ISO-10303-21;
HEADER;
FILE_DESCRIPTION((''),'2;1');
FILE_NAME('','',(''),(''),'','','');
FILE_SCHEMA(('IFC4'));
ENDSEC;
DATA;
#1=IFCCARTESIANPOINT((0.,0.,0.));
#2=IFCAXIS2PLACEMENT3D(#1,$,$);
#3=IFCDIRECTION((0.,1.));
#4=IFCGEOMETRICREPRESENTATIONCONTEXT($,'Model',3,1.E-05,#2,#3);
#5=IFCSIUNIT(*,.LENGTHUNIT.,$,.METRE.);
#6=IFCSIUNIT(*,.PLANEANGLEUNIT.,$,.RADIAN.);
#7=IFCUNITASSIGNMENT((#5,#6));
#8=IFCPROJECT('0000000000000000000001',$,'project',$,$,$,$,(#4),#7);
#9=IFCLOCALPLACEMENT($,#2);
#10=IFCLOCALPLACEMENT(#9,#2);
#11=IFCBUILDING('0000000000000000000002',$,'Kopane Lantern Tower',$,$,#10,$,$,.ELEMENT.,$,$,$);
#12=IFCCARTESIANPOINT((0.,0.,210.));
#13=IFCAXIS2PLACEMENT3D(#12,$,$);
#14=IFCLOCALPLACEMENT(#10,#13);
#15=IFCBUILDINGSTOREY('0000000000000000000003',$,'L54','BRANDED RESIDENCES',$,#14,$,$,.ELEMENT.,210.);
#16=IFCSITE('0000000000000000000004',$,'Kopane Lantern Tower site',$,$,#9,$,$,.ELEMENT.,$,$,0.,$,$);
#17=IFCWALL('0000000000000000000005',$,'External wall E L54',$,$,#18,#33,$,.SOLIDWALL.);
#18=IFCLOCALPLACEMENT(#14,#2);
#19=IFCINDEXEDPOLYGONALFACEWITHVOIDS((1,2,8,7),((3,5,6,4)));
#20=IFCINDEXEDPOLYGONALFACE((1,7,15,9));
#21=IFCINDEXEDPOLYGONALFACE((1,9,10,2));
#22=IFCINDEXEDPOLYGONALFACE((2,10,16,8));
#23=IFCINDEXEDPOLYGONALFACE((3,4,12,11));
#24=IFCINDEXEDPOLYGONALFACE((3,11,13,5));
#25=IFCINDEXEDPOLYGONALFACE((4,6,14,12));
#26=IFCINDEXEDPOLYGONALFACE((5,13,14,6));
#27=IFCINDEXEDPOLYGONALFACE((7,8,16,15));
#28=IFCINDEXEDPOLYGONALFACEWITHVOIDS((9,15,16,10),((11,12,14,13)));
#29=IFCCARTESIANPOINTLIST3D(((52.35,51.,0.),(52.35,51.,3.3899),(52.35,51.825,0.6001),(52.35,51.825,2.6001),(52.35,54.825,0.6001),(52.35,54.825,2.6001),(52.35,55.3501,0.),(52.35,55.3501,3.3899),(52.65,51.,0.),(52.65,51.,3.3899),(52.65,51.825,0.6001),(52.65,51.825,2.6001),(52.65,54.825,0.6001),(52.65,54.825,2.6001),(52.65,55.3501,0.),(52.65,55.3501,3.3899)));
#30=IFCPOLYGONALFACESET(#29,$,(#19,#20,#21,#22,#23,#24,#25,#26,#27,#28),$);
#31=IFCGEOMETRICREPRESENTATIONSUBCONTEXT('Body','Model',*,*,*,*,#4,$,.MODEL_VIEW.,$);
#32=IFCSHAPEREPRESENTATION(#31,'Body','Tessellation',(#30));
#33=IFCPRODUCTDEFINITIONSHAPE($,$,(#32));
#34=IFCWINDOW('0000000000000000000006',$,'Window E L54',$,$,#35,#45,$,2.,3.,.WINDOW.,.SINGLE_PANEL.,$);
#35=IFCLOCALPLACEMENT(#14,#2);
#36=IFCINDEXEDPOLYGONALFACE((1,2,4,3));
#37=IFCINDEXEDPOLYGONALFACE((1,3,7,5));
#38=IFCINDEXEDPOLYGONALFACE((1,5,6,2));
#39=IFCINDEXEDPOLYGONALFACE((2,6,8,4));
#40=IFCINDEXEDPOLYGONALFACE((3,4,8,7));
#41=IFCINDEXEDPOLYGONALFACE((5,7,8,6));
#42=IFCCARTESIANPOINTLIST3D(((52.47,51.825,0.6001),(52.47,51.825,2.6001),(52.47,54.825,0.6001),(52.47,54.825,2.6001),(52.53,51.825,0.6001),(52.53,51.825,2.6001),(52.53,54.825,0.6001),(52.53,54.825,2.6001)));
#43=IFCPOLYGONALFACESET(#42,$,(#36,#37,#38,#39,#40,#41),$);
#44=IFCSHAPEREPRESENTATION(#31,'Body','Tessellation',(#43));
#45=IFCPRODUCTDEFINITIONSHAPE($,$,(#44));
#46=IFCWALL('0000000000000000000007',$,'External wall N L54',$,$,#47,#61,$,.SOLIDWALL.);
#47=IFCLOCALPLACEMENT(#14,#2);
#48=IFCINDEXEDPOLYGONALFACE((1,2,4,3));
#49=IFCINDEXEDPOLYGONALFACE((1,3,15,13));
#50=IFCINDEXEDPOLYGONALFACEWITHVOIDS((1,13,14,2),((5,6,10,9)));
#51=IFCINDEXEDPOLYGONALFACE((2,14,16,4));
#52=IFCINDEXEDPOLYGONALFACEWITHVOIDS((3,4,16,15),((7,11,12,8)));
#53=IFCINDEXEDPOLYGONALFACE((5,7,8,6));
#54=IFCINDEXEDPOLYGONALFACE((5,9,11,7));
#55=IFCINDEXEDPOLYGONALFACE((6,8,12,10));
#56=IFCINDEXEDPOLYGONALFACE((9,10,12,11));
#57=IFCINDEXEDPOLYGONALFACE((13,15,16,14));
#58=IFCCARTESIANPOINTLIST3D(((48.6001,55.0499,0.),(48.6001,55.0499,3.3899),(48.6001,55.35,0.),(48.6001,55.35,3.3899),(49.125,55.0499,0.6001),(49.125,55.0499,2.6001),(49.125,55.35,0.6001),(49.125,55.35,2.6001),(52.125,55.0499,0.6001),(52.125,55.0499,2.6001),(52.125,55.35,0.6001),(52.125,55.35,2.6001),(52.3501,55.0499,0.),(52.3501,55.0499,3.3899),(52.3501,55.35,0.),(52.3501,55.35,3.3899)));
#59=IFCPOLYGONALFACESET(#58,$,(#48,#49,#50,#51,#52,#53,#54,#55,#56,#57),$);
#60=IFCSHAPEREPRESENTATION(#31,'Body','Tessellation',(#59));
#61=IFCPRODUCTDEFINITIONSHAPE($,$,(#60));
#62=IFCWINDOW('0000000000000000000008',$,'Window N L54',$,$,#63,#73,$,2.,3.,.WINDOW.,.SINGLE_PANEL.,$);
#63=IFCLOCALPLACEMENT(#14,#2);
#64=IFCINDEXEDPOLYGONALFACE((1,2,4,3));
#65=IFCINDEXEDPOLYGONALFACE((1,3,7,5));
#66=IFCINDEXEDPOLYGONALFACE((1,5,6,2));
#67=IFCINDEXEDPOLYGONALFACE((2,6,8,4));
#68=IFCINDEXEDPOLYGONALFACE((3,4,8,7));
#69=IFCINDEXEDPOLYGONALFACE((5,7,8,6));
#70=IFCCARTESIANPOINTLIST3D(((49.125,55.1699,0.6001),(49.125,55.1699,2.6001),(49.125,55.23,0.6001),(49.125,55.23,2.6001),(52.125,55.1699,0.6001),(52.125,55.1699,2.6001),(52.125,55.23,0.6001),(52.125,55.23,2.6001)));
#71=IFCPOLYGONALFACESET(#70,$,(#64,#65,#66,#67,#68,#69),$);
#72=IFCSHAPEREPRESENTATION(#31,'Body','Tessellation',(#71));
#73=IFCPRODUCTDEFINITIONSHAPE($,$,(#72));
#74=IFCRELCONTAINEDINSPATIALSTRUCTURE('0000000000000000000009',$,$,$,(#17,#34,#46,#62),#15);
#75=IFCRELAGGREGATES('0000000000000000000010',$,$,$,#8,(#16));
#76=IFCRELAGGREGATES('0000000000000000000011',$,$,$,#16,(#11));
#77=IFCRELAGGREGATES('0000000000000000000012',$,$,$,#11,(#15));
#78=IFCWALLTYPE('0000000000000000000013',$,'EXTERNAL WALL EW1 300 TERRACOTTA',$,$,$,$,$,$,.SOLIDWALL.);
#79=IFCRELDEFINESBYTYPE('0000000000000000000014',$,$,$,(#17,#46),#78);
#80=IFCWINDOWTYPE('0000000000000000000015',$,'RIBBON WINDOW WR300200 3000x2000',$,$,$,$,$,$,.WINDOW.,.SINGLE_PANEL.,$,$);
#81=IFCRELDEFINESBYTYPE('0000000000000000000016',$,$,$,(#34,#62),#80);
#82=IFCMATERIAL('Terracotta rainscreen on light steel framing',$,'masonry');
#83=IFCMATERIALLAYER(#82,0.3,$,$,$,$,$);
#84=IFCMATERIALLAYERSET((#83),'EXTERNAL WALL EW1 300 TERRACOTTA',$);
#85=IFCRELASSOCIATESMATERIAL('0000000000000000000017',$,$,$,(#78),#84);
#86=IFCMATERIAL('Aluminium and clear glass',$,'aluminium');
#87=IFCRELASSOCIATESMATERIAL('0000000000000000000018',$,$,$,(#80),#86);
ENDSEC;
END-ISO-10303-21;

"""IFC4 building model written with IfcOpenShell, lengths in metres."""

from ifc_helpers import new_model, si_unit, direction, frame, frame_2d, origin, place, context, subcontext, project, spatial, rectangle, extrude, material, layer, layer_set, type_object, element, fill, save


model = new_model("IFC4")

# Units and contexts
model_context = context("Model", 3, precision=1e-05, world=origin(), true_north=direction((0.0, 1.0)))
body_context = subcontext(model_context, "Body", "Model", "MODEL_VIEW")
ifc_project = project(units=[si_unit("LENGTHUNIT", "METRE"), si_unit("PLANEANGLEUNIT", "RADIAN")], contexts=[model_context])

# Site, building, storey
site_placement = place(None, origin())
site = spatial("IfcSite", under=ifc_project, at=site_placement, Name="Kopane Lantern Tower site", CompositionType="ELEMENT", RefElevation=0.0)
building_placement = place(site_placement, origin())
building = spatial("IfcBuilding", under=site, at=building_placement, Name="Kopane Lantern Tower", CompositionType="ELEMENT")
storey_placement = place(building_placement, frame((0.0, 0.0, 210.0)))
storey = spatial("IfcBuildingStorey", under=building, at=storey_placement, Name="L54", Description="BRANDED RESIDENCES", CompositionType="ELEMENT", Elevation=210.0)

# Walls, openings, windows
ifc_material_1 = material(Name="Terracotta rainscreen on light steel framing", Category="masonry")
ifc_layer = layer(ifc_material_1, 0.3)
ifc_layer_set = layer_set([ifc_layer], Name="EXTERNAL WALL EW1 300 TERRACOTTA")
wall_type = type_object("IfcWallType", Name="EXTERNAL WALL EW1 300 TERRACOTTA", PredefinedType="SOLIDWALL", material=ifc_layer_set)
ifc_material_2 = material(Name="Aluminium and clear glass", Category="aluminium")
window_type = type_object("IfcWindowType", Name="RIBBON WINDOW WR300200 3000x2000", PartitioningType="SINGLE_PANEL", PredefinedType="WINDOW", material=ifc_material_2)
wall_1_placement = place(storey_placement, frame((52.5, 51.0, 0.0), z_axis=(0.0, 0.0, 1.0), x_axis=(0.0, 1.0, 0.0)))
wall_1 = element("IfcWall", 1, at=wall_1_placement, inside=storey, type_object=wall_type, Name="External wall E L54", PredefinedType="SOLIDWALL", context=body_context, shape_type="SweptSolid", body=[
    extrude(rectangle(XDim=4.3501, YDim=0.3, at=frame_2d((2.175, 0.0))), origin(), (0.0, 0.0, 1.0), 3.3899),
])
opening_1_placement = place(wall_1_placement, frame((0.825, 0.0, 0.6001)))
opening_1 = element("IfcOpeningElement", 2, at=opening_1_placement, cuts=wall_1, PredefinedType="OPENING", context=body_context, shape_type="SweptSolid", body=[
    extrude(rectangle(XDim=3.0, YDim=2.0, at=frame_2d((1.5, 1.0))), frame((0.0, 0.1599, 0.0), z_axis=(0.0, -1.0, 0.0), x_axis=(1.0, 0.0, 0.0)), (0.0, 0.0, 1.0), 0.3201),
])
window_1_placement = place(opening_1_placement, origin())
window_1 = element("IfcWindow", 3, at=window_1_placement, inside=storey, type_object=window_type, Name="Window E L54", OverallHeight=2.0, OverallWidth=3.0, PartitioningType="SINGLE_PANEL", PredefinedType="WINDOW", context=body_context, shape_type="SweptSolid", body=[
    extrude(rectangle(XDim=3.0, YDim=2.0, at=frame_2d((1.5, 1.0))), frame((0.0, 0.03, 0.0), z_axis=(0.0, -1.0, 0.0), x_axis=(1.0, 0.0, 0.0)), (0.0, 0.0, 1.0), 0.0601),
])
fill(opening_1, window_1)
wall_2_placement = place(storey_placement, frame((52.3501, 55.2, 0.0), z_axis=(0.0, 0.0, 1.0), x_axis=(-1.0, 0.0, 0.0)))
wall_2 = element("IfcWall", 4, at=wall_2_placement, inside=storey, type_object=wall_type, Name="External wall N L54", PredefinedType="SOLIDWALL", context=body_context, shape_type="SweptSolid", body=[
    extrude(rectangle(XDim=3.75, YDim=0.3, at=frame_2d((1.875, 0.0))), origin(), (0.0, 0.0, 1.0), 3.3899),
])
opening_2_placement = place(wall_2_placement, frame((0.2251, 0.0, 0.6001)))
opening_2 = element("IfcOpeningElement", 5, at=opening_2_placement, cuts=wall_2, PredefinedType="OPENING", context=body_context, shape_type="SweptSolid", body=[
    extrude(rectangle(XDim=3.0, YDim=2.0, at=frame_2d((1.5, 1.0))), frame((0.0, 0.1599, 0.0), z_axis=(0.0, -1.0, 0.0), x_axis=(1.0, 0.0, 0.0)), (0.0, 0.0, 1.0), 0.3201),
])
window_2_placement = place(opening_2_placement, origin())
window_2 = element("IfcWindow", 6, at=window_2_placement, inside=storey, type_object=window_type, Name="Window N L54", OverallHeight=2.0, OverallWidth=3.0, PartitioningType="SINGLE_PANEL", PredefinedType="WINDOW", context=body_context, shape_type="SweptSolid", body=[
    extrude(rectangle(XDim=3.0, YDim=2.0, at=frame_2d((1.5, 1.0))), frame((0.0, 0.03, 0.0), z_axis=(0.0, -1.0, 0.0), x_axis=(1.0, 0.0, 0.0)), (0.0, 0.0, 1.0), 0.0601),
])
fill(opening_2, window_2)

save(model, "model.ifc")
